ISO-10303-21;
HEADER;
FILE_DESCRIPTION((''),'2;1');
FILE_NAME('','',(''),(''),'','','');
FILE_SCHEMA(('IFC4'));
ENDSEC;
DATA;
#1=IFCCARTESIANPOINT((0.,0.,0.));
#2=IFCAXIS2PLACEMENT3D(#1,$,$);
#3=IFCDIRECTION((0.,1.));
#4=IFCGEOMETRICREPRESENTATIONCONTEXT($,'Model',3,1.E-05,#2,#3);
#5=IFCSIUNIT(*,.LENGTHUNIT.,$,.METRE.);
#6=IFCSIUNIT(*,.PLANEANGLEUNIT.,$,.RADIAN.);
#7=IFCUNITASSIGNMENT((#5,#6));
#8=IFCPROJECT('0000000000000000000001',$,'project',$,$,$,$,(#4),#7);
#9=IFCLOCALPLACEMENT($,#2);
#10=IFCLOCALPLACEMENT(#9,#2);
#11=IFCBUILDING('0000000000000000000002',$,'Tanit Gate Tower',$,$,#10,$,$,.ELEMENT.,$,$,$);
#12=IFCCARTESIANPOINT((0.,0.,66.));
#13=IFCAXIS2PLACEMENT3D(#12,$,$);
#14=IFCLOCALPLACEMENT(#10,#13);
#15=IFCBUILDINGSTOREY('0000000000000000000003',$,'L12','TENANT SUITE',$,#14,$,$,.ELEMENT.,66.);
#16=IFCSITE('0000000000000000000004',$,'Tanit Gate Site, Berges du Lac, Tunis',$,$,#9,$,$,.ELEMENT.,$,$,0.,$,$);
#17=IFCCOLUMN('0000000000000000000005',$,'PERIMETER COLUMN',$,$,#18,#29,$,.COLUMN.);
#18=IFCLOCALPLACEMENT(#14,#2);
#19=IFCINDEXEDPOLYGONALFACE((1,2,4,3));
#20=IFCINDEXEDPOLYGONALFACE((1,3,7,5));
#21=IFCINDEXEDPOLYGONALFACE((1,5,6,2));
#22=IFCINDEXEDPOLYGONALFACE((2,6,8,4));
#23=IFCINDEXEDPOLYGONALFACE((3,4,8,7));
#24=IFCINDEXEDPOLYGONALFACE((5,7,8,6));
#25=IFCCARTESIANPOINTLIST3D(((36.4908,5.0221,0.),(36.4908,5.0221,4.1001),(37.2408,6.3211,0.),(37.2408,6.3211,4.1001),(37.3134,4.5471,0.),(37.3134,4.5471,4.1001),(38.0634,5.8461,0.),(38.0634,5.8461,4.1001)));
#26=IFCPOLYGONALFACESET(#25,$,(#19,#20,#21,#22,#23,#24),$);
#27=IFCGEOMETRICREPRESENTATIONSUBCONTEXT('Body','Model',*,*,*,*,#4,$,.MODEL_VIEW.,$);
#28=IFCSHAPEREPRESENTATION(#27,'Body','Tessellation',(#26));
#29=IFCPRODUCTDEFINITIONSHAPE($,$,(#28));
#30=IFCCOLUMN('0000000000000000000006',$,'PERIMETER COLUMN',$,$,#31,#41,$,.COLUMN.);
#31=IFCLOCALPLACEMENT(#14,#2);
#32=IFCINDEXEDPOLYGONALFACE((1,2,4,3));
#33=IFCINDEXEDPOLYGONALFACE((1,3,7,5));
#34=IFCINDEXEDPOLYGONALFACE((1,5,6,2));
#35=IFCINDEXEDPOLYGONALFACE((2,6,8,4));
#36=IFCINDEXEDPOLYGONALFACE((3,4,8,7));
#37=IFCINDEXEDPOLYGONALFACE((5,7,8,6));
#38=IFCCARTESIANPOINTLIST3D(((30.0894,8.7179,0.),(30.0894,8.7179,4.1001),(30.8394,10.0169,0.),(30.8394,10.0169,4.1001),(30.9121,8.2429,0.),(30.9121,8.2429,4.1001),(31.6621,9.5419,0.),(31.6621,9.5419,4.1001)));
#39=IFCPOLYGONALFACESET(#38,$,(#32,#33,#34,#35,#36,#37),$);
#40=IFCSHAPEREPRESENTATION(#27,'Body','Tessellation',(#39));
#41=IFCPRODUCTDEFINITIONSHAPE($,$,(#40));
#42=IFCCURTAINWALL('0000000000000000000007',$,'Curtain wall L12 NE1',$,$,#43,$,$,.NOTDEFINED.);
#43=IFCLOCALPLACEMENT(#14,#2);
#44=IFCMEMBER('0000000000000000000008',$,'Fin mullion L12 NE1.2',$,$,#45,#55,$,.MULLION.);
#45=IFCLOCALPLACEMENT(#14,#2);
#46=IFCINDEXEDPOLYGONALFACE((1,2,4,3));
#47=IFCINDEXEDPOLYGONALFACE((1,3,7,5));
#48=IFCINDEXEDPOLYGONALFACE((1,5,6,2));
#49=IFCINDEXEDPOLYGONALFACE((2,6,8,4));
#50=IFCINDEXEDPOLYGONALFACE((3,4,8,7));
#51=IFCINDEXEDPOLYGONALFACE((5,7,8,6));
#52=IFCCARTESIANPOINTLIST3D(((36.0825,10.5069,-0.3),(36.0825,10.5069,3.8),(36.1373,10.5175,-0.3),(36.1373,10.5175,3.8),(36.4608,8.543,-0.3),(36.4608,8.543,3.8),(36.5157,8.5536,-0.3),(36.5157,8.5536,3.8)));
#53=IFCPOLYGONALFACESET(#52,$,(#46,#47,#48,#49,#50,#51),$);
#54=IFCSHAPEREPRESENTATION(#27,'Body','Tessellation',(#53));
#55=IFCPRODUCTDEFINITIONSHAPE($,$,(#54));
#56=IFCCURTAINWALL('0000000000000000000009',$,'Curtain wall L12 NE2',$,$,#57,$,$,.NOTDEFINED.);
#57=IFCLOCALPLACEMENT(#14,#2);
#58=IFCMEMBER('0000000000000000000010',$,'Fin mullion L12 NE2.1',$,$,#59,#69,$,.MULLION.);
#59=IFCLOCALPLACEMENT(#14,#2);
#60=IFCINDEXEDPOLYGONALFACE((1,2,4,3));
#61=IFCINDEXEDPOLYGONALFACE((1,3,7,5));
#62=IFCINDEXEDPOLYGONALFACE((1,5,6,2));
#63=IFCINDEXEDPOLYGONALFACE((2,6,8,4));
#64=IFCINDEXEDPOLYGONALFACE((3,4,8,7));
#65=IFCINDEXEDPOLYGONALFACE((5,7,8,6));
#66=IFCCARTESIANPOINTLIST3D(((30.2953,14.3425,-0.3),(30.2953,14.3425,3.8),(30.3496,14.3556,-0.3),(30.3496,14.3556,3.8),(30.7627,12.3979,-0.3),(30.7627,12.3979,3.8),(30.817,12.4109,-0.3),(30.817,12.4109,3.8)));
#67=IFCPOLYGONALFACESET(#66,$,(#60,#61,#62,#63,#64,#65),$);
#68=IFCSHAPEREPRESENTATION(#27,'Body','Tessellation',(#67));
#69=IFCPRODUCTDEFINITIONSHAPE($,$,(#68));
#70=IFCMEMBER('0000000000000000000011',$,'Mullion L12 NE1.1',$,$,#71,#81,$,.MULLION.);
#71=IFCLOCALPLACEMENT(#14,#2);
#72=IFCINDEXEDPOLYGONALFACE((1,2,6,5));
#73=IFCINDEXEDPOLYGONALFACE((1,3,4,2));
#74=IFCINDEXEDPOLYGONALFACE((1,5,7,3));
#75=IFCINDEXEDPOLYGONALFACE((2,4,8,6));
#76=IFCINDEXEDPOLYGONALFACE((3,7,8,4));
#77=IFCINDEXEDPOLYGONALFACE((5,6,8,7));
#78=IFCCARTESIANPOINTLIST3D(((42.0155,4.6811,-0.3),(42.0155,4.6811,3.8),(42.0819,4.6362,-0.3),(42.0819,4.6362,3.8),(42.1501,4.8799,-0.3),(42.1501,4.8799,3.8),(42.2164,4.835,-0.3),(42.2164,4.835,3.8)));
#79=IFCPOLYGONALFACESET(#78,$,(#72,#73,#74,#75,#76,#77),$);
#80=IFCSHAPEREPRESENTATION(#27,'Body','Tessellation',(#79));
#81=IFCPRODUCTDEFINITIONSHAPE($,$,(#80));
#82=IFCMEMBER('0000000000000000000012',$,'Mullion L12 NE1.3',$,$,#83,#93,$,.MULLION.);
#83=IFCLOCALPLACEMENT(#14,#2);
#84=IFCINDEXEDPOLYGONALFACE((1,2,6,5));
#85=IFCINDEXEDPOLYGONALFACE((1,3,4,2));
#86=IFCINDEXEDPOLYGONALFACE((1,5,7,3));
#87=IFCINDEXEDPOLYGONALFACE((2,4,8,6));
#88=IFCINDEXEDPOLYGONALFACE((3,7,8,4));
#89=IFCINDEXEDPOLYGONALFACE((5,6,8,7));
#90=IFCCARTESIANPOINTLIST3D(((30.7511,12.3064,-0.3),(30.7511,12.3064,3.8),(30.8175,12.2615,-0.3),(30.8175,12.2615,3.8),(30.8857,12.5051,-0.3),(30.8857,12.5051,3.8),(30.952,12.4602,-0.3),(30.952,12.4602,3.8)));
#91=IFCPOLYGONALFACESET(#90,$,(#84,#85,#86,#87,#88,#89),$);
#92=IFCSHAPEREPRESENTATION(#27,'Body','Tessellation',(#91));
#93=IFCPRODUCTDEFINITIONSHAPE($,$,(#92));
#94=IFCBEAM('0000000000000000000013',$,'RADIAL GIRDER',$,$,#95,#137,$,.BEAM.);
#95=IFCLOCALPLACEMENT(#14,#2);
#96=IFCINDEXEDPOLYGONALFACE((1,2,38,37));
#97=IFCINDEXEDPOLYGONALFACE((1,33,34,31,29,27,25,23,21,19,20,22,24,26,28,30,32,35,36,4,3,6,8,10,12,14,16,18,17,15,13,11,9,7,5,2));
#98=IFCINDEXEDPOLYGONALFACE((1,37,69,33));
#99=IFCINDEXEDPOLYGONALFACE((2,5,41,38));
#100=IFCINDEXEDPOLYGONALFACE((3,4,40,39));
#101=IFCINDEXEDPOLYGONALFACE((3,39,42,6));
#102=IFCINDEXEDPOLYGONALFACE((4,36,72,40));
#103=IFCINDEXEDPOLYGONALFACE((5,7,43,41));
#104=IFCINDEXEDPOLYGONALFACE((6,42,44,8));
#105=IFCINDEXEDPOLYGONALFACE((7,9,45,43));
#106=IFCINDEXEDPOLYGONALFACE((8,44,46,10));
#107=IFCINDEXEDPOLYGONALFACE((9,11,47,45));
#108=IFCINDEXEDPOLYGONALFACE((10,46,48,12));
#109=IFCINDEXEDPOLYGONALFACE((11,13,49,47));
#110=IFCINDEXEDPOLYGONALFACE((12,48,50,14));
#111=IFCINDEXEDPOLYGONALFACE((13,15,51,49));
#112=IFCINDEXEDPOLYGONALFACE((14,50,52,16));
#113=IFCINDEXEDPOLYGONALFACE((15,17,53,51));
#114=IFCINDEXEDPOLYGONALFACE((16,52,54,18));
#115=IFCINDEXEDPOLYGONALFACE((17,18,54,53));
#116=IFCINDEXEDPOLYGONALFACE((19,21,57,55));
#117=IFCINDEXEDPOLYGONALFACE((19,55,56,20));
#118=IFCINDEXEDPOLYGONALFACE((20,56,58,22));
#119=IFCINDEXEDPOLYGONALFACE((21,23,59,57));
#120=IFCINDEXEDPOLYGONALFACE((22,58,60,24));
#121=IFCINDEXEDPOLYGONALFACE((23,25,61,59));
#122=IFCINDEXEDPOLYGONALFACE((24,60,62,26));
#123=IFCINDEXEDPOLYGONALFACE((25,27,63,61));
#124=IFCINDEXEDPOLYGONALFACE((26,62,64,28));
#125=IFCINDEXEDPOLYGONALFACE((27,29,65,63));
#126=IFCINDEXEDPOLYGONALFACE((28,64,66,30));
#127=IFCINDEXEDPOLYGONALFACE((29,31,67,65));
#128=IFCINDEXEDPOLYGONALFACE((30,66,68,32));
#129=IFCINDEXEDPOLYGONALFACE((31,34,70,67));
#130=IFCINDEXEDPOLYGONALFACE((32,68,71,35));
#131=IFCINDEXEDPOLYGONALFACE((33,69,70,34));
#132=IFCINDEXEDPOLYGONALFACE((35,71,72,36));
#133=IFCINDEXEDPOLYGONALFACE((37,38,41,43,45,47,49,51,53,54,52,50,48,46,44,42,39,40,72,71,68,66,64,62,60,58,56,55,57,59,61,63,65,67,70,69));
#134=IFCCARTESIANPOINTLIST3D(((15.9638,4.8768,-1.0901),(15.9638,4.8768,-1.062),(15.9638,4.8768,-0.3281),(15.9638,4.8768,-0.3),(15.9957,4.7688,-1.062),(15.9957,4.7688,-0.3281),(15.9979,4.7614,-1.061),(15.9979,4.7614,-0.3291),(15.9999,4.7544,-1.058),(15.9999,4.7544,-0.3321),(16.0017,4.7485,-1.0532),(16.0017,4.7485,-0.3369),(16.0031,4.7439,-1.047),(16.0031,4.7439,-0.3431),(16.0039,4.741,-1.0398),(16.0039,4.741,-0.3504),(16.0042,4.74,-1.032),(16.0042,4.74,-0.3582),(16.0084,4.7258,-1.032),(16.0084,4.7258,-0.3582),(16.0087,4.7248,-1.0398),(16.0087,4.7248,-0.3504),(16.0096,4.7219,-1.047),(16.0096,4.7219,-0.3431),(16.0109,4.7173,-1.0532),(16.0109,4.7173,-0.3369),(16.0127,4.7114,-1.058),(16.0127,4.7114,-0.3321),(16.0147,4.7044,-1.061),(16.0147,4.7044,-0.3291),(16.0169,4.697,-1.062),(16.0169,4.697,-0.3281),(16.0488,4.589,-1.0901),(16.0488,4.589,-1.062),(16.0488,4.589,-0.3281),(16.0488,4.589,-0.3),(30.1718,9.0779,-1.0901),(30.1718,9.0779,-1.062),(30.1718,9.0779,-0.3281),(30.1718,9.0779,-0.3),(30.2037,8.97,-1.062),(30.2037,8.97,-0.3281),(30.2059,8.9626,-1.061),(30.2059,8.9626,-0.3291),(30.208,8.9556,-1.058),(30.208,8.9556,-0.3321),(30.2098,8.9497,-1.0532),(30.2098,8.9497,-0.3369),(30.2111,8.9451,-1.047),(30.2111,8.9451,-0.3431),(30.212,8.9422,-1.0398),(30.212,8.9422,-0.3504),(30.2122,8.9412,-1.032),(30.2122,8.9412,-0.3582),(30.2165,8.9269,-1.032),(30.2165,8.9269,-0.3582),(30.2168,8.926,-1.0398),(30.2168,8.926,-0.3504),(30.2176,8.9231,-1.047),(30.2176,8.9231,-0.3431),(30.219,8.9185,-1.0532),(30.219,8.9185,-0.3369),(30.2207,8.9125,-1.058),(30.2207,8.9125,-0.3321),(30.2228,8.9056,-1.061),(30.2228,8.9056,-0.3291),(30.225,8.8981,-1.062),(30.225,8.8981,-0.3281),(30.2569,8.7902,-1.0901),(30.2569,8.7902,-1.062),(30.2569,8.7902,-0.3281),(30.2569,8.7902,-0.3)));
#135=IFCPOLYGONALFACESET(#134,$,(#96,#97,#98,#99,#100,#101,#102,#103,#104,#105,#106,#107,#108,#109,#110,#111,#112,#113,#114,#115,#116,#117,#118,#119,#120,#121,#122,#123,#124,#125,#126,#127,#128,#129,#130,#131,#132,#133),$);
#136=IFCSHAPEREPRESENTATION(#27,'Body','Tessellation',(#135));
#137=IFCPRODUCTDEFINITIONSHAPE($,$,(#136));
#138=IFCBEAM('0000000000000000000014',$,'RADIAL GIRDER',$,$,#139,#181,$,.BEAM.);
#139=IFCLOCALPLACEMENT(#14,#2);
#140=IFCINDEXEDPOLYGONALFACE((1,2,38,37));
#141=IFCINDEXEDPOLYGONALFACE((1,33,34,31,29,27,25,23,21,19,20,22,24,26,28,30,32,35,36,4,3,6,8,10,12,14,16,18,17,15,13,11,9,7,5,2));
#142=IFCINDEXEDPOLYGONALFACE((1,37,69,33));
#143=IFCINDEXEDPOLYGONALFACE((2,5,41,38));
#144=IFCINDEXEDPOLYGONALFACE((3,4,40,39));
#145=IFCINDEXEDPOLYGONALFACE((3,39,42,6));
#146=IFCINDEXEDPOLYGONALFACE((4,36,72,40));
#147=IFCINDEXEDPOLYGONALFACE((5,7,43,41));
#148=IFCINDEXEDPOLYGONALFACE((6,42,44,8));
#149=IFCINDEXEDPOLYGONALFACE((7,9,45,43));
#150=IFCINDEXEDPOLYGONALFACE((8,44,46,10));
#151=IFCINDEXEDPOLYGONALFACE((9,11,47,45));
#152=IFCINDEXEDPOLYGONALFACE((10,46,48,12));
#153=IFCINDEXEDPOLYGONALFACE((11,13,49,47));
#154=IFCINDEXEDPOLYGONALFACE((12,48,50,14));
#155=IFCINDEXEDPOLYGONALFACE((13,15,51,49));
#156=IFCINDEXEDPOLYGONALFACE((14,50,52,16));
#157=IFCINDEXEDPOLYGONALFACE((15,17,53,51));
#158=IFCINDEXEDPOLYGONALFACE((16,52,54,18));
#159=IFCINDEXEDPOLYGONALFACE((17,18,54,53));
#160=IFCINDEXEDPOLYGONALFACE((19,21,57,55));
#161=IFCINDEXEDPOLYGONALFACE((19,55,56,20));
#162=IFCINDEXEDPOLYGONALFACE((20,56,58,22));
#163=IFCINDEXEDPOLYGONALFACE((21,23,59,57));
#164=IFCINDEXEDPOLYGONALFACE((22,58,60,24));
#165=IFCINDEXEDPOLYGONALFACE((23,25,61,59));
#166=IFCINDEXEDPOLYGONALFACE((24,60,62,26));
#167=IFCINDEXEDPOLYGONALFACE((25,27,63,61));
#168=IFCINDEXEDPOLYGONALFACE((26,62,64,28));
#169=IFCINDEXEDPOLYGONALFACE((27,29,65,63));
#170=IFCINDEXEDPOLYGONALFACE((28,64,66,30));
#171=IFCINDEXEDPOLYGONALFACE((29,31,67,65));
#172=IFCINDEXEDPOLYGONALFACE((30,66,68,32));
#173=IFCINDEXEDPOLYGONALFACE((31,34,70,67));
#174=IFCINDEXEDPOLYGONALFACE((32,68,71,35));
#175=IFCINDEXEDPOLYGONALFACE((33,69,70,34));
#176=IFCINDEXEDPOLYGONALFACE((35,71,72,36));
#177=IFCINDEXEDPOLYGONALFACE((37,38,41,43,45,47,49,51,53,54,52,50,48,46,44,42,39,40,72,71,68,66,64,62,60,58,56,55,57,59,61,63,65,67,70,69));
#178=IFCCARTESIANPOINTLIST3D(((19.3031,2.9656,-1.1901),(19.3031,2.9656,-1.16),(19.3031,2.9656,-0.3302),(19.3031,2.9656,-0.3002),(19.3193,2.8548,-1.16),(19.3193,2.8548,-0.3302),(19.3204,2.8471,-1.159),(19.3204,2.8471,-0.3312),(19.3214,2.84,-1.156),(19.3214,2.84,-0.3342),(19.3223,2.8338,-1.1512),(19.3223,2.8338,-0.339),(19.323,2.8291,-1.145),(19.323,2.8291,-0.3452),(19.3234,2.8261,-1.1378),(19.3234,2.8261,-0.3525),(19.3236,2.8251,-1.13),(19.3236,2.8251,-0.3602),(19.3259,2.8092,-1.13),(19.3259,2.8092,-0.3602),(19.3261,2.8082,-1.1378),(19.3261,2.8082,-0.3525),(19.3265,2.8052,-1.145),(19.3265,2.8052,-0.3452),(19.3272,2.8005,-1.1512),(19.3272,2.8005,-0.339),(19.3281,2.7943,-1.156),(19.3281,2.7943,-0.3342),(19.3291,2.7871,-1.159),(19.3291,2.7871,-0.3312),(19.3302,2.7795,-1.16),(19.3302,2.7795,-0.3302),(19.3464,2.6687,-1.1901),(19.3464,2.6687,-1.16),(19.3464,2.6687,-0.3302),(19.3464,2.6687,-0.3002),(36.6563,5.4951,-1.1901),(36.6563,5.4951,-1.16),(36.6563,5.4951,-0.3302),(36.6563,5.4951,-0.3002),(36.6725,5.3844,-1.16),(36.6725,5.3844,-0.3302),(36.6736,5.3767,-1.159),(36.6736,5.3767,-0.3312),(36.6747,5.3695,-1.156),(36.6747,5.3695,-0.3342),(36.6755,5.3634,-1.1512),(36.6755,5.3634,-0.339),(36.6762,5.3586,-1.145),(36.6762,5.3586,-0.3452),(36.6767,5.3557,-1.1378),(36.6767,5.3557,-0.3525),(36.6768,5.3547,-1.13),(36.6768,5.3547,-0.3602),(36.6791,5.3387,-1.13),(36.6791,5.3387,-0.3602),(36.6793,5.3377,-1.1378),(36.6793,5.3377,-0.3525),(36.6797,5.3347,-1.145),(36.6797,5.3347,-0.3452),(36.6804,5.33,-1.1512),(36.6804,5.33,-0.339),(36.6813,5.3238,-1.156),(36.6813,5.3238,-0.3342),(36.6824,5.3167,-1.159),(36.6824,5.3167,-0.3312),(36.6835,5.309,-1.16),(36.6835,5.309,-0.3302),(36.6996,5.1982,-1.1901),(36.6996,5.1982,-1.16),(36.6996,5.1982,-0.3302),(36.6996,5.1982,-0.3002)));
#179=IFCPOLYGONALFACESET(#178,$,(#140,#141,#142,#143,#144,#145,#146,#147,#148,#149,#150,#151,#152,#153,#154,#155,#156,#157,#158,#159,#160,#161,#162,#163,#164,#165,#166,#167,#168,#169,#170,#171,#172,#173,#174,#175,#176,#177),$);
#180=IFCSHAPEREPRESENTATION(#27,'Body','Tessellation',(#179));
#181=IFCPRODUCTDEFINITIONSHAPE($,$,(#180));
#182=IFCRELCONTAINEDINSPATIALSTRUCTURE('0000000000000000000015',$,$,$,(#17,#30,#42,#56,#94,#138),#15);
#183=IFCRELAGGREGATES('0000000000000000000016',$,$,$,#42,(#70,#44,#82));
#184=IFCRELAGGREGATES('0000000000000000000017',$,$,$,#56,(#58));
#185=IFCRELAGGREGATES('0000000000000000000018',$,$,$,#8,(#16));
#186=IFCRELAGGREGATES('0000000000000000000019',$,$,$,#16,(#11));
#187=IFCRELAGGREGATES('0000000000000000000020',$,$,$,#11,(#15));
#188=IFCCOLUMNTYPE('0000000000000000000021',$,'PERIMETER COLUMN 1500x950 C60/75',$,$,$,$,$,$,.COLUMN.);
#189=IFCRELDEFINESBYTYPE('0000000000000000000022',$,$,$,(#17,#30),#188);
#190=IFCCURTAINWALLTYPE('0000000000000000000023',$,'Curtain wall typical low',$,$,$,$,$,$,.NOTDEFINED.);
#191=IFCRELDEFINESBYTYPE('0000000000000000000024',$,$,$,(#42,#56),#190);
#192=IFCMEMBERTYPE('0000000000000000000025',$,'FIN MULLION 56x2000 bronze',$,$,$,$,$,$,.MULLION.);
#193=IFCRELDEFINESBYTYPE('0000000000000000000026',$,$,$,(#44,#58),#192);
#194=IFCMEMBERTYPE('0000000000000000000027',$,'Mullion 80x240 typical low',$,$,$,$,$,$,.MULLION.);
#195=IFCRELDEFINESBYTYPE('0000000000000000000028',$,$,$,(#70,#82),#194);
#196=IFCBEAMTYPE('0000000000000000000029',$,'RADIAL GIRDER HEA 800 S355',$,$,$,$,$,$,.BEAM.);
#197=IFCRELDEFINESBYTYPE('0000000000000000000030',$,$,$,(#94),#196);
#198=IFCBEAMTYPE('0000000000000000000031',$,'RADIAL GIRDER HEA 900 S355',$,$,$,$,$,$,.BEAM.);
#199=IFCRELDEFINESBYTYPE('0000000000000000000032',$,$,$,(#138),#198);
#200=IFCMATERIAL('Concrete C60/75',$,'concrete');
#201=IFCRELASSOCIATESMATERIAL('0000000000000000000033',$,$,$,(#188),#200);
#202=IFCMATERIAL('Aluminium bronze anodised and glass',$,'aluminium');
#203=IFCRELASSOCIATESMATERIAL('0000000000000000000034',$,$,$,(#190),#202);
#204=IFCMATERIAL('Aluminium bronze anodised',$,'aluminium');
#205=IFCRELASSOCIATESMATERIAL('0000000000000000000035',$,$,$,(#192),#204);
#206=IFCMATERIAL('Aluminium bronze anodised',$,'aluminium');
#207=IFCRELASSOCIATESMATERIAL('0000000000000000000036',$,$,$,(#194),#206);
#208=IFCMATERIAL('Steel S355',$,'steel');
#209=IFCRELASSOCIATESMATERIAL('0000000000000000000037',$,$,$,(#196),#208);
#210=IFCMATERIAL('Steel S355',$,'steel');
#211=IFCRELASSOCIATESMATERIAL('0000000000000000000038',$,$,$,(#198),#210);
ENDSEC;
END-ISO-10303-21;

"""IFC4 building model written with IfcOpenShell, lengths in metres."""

from ifc_helpers import new_model, si_unit, direction, frame, origin, origin_2d, place, context, subcontext, project, spatial, rectangle, i_section, extrude, material, material_profile, profile_set, type_object, element, aggregate, save


model = new_model("IFC4")

# Units and contexts
model_context = context("Model", 3, precision=1e-05, world=origin(), true_north=direction((0.0, 1.0)))
body_context = subcontext(model_context, "Body", "Model", "MODEL_VIEW")
ifc_project = project(units=[si_unit("LENGTHUNIT", "METRE"), si_unit("PLANEANGLEUNIT", "RADIAN")], contexts=[model_context])

# Site, building, storey
site_placement = place(None, origin())
site = spatial("IfcSite", under=ifc_project, at=site_placement, Name="Tanit Gate Site, Berges du Lac, Tunis", CompositionType="ELEMENT", RefElevation=0.0)
building_placement = place(site_placement, origin())
building = spatial("IfcBuilding", under=site, at=building_placement, Name="Tanit Gate Tower", CompositionType="ELEMENT")
storey_placement = place(building_placement, frame((0.0, 0.0, 66.0)))
storey = spatial("IfcBuildingStorey", under=building, at=storey_placement, Name="L12", Description="TENANT SUITE", CompositionType="ELEMENT", Elevation=66.0)

# Columns
ifc_material_1 = material(Name="Concrete C60/75", Category="concrete")
ifc_material_profile_1 = material_profile(ifc_material_1, rectangle(XDim=1.5, YDim=0.95, at=origin_2d()), Name="RC 1500x950")
ifc_profile_set_1 = profile_set([ifc_material_profile_1], Name="Concrete C60/75")
column_type = type_object("IfcColumnType", Name="PERIMETER COLUMN 1500x950 C60/75", PredefinedType="COLUMN", material=ifc_profile_set_1)
for number, where, z_axis, x_axis, name in (
    (1, (37.2771, 5.4341, 0.0), (0.0, 0.0, 1.0), (0.5, 0.866025, 0.0), "PERIMETER COLUMN"),
    (2, (30.8757, 9.1299, 0.0), (0.0, 0.0, 1.0), (0.5, 0.866025, 0.0), "PERIMETER COLUMN"),
):
    element("IfcColumn", number, at=place(storey_placement, frame(where, z_axis=z_axis, x_axis=x_axis)), inside=storey, type_object=column_type, Name=name, PredefinedType="COLUMN", context=body_context, shape_type="SweptSolid", body=[
        extrude(rectangle(XDim=1.5, YDim=0.95, at=origin_2d()), origin(), (0.0, 0.0, 1.0), 4.1001),
    ])

# Curtain walls, members
ifc_material_2 = material(Name="Aluminium bronze anodised and glass", Category="aluminium")
curtain_wall_type = type_object("IfcCurtainWallType", Name="Curtain wall typical low", PredefinedType="NOTDEFINED", material=ifc_material_2)
curtain_wall_1_placement = place(storey_placement, origin())
curtain_wall_1 = element("IfcCurtainWall", 3, at=curtain_wall_1_placement, inside=storey, type_object=curtain_wall_type, Name="Curtain wall L12 NE1", PredefinedType="NOTDEFINED")
ifc_material_3 = material(Name="Aluminium bronze anodised", Category="aluminium")
ifc_material_profile_2 = material_profile(ifc_material_3, rectangle(XDim=2.0, YDim=0.0559, at=origin_2d()), Name="56x2000 bronze fin mullion")
ifc_profile_set_2 = profile_set([ifc_material_profile_2], Name="Aluminium bronze anodised")
member_type_1 = type_object("IfcMemberType", Name="FIN MULLION 56x2000 bronze", PredefinedType="MULLION", material=ifc_profile_set_2)
member_1_placement = place(storey_placement, frame((36.2991, 9.5303, -0.3), z_axis=(0.0, 0.0, 1.0), x_axis=(0.189173, -0.981944, 0.0)))
member_1 = element("IfcMember", 4, at=member_1_placement, type_object=member_type_1, Name="Fin mullion L12 NE1.2", PredefinedType="MULLION", context=body_context, shape_type="SweptSolid", body=[
    extrude(rectangle(XDim=2.0, YDim=0.0559, at=origin_2d()), origin(), (0.0, 0.0, 1.0), 4.1001),
])
curtain_wall_2_placement = place(storey_placement, origin())
curtain_wall_2 = element("IfcCurtainWall", 5, at=curtain_wall_2_placement, inside=storey, type_object=curtain_wall_type, Name="Curtain wall L12 NE2", PredefinedType="NOTDEFINED")
member_2_placement = place(storey_placement, frame((30.5562, 13.3767, -0.3), z_axis=(0.0, 0.0, 1.0), x_axis=(0.233691, -0.972311, 0.0)))
member_2 = element("IfcMember", 6, at=member_2_placement, type_object=member_type_1, Name="Fin mullion L12 NE2.1", PredefinedType="MULLION", context=body_context, shape_type="SweptSolid", body=[
    extrude(rectangle(XDim=2.0, YDim=0.0559, at=origin_2d()), origin(), (0.0, 0.0, 1.0), 4.1001),
])

# Members
ifc_material_4 = material(Name="Aluminium bronze anodised", Category="aluminium")
ifc_material_profile_3 = material_profile(ifc_material_4, rectangle(XDim=0.24, YDim=0.0801, at=origin_2d()), Name="80x240 bronze mullion")
ifc_profile_set_3 = profile_set([ifc_material_profile_3], Name="Aluminium bronze anodised")
member_type_2 = type_object("IfcMemberType", Name="Mullion 80x240 typical low", PredefinedType="MULLION", material=ifc_profile_set_3)
member_3_placement = place(storey_placement, frame((42.116, 4.7581, -0.3), z_axis=(0.0, 0.0, 1.0), x_axis=(-0.560574, -0.828105, 0.0)))
member_3 = element("IfcMember", 7, at=member_3_placement, type_object=member_type_2, Name="Mullion L12 NE1.1", PredefinedType="MULLION", context=body_context, shape_type="SweptSolid", body=[
    extrude(rectangle(XDim=0.24, YDim=0.0801, at=origin_2d()), origin(), (0.0, 0.0, 1.0), 4.1001),
])
member_4_placement = place(storey_placement, frame((30.8516, 12.3833, -0.3), z_axis=(0.0, 0.0, 1.0), x_axis=(-0.560574, -0.828105, 0.0)))
member_4 = element("IfcMember", 8, at=member_4_placement, type_object=member_type_2, Name="Mullion L12 NE1.3", PredefinedType="MULLION", context=body_context, shape_type="SweptSolid", body=[
    extrude(rectangle(XDim=0.24, YDim=0.0801, at=origin_2d()), origin(), (0.0, 0.0, 1.0), 4.1001),
])

# Beams
ifc_material_5 = material(Name="Steel S355", Category="steel")
ifc_material_profile_4 = material_profile(ifc_material_5, i_section(OverallWidth=0.3, OverallDepth=0.79, WebThickness=0.0149, FlangeThickness=0.0281, FilletRadius=0.03, at=origin_2d()), Name="HEA 800")
ifc_profile_set_4 = profile_set([ifc_material_profile_4], Name="Steel S355")
beam_type_1 = type_object("IfcBeamType", Name="RADIAL GIRDER HEA 800 S355", PredefinedType="BEAM", material=ifc_profile_set_4)
beam_1_placement = place(storey_placement, frame((30.2144, 8.9341, -0.6951), z_axis=(-0.958956, -0.283554, 0.0), x_axis=(0.283554, -0.958956, 0.0)))
element("IfcBeam", 9, at=beam_1_placement, inside=storey, type_object=beam_type_1, Name="RADIAL GIRDER", PredefinedType="BEAM", context=body_context, shape_type="SweptSolid", body=[
    extrude(i_section(OverallWidth=0.3, OverallDepth=0.79, WebThickness=0.0149, FlangeThickness=0.0281, FilletRadius=0.03, at=origin_2d()), origin(), (0.0, 0.0, 1.0), 14.8162),
])
ifc_material_6 = material(Name="Steel S355", Category="steel")
ifc_material_profile_5 = material_profile(ifc_material_6, i_section(OverallWidth=0.3, OverallDepth=0.8899, WebThickness=0.0161, FlangeThickness=0.03, FilletRadius=0.03, at=origin_2d()), Name="HEA 900")
ifc_profile_set_5 = profile_set([ifc_material_profile_5], Name="Steel S355")
beam_type_2 = type_object("IfcBeamType", Name="RADIAL GIRDER HEA 900 S355", PredefinedType="BEAM", material=ifc_profile_set_5)
beam_2_placement = place(storey_placement, frame((36.678, 5.3467, -0.7451), z_axis=(-0.989542, -0.144243, 0.0), x_axis=(0.144243, -0.989542, 0.0)))
element("IfcBeam", 10, at=beam_2_placement, inside=storey, type_object=beam_type_2, Name="RADIAL GIRDER", PredefinedType="BEAM", context=body_context, shape_type="SweptSolid", body=[
    extrude(i_section(OverallWidth=0.3, OverallDepth=0.8899, WebThickness=0.0161, FlangeThickness=0.03, FilletRadius=0.03, at=origin_2d()), origin(), (0.0, 0.0, 1.0), 17.5366),
])

aggregate(curtain_wall_1, [member_3, member_1, member_4])
aggregate(curtain_wall_2, [member_2])

save(model, "model.ifc")
